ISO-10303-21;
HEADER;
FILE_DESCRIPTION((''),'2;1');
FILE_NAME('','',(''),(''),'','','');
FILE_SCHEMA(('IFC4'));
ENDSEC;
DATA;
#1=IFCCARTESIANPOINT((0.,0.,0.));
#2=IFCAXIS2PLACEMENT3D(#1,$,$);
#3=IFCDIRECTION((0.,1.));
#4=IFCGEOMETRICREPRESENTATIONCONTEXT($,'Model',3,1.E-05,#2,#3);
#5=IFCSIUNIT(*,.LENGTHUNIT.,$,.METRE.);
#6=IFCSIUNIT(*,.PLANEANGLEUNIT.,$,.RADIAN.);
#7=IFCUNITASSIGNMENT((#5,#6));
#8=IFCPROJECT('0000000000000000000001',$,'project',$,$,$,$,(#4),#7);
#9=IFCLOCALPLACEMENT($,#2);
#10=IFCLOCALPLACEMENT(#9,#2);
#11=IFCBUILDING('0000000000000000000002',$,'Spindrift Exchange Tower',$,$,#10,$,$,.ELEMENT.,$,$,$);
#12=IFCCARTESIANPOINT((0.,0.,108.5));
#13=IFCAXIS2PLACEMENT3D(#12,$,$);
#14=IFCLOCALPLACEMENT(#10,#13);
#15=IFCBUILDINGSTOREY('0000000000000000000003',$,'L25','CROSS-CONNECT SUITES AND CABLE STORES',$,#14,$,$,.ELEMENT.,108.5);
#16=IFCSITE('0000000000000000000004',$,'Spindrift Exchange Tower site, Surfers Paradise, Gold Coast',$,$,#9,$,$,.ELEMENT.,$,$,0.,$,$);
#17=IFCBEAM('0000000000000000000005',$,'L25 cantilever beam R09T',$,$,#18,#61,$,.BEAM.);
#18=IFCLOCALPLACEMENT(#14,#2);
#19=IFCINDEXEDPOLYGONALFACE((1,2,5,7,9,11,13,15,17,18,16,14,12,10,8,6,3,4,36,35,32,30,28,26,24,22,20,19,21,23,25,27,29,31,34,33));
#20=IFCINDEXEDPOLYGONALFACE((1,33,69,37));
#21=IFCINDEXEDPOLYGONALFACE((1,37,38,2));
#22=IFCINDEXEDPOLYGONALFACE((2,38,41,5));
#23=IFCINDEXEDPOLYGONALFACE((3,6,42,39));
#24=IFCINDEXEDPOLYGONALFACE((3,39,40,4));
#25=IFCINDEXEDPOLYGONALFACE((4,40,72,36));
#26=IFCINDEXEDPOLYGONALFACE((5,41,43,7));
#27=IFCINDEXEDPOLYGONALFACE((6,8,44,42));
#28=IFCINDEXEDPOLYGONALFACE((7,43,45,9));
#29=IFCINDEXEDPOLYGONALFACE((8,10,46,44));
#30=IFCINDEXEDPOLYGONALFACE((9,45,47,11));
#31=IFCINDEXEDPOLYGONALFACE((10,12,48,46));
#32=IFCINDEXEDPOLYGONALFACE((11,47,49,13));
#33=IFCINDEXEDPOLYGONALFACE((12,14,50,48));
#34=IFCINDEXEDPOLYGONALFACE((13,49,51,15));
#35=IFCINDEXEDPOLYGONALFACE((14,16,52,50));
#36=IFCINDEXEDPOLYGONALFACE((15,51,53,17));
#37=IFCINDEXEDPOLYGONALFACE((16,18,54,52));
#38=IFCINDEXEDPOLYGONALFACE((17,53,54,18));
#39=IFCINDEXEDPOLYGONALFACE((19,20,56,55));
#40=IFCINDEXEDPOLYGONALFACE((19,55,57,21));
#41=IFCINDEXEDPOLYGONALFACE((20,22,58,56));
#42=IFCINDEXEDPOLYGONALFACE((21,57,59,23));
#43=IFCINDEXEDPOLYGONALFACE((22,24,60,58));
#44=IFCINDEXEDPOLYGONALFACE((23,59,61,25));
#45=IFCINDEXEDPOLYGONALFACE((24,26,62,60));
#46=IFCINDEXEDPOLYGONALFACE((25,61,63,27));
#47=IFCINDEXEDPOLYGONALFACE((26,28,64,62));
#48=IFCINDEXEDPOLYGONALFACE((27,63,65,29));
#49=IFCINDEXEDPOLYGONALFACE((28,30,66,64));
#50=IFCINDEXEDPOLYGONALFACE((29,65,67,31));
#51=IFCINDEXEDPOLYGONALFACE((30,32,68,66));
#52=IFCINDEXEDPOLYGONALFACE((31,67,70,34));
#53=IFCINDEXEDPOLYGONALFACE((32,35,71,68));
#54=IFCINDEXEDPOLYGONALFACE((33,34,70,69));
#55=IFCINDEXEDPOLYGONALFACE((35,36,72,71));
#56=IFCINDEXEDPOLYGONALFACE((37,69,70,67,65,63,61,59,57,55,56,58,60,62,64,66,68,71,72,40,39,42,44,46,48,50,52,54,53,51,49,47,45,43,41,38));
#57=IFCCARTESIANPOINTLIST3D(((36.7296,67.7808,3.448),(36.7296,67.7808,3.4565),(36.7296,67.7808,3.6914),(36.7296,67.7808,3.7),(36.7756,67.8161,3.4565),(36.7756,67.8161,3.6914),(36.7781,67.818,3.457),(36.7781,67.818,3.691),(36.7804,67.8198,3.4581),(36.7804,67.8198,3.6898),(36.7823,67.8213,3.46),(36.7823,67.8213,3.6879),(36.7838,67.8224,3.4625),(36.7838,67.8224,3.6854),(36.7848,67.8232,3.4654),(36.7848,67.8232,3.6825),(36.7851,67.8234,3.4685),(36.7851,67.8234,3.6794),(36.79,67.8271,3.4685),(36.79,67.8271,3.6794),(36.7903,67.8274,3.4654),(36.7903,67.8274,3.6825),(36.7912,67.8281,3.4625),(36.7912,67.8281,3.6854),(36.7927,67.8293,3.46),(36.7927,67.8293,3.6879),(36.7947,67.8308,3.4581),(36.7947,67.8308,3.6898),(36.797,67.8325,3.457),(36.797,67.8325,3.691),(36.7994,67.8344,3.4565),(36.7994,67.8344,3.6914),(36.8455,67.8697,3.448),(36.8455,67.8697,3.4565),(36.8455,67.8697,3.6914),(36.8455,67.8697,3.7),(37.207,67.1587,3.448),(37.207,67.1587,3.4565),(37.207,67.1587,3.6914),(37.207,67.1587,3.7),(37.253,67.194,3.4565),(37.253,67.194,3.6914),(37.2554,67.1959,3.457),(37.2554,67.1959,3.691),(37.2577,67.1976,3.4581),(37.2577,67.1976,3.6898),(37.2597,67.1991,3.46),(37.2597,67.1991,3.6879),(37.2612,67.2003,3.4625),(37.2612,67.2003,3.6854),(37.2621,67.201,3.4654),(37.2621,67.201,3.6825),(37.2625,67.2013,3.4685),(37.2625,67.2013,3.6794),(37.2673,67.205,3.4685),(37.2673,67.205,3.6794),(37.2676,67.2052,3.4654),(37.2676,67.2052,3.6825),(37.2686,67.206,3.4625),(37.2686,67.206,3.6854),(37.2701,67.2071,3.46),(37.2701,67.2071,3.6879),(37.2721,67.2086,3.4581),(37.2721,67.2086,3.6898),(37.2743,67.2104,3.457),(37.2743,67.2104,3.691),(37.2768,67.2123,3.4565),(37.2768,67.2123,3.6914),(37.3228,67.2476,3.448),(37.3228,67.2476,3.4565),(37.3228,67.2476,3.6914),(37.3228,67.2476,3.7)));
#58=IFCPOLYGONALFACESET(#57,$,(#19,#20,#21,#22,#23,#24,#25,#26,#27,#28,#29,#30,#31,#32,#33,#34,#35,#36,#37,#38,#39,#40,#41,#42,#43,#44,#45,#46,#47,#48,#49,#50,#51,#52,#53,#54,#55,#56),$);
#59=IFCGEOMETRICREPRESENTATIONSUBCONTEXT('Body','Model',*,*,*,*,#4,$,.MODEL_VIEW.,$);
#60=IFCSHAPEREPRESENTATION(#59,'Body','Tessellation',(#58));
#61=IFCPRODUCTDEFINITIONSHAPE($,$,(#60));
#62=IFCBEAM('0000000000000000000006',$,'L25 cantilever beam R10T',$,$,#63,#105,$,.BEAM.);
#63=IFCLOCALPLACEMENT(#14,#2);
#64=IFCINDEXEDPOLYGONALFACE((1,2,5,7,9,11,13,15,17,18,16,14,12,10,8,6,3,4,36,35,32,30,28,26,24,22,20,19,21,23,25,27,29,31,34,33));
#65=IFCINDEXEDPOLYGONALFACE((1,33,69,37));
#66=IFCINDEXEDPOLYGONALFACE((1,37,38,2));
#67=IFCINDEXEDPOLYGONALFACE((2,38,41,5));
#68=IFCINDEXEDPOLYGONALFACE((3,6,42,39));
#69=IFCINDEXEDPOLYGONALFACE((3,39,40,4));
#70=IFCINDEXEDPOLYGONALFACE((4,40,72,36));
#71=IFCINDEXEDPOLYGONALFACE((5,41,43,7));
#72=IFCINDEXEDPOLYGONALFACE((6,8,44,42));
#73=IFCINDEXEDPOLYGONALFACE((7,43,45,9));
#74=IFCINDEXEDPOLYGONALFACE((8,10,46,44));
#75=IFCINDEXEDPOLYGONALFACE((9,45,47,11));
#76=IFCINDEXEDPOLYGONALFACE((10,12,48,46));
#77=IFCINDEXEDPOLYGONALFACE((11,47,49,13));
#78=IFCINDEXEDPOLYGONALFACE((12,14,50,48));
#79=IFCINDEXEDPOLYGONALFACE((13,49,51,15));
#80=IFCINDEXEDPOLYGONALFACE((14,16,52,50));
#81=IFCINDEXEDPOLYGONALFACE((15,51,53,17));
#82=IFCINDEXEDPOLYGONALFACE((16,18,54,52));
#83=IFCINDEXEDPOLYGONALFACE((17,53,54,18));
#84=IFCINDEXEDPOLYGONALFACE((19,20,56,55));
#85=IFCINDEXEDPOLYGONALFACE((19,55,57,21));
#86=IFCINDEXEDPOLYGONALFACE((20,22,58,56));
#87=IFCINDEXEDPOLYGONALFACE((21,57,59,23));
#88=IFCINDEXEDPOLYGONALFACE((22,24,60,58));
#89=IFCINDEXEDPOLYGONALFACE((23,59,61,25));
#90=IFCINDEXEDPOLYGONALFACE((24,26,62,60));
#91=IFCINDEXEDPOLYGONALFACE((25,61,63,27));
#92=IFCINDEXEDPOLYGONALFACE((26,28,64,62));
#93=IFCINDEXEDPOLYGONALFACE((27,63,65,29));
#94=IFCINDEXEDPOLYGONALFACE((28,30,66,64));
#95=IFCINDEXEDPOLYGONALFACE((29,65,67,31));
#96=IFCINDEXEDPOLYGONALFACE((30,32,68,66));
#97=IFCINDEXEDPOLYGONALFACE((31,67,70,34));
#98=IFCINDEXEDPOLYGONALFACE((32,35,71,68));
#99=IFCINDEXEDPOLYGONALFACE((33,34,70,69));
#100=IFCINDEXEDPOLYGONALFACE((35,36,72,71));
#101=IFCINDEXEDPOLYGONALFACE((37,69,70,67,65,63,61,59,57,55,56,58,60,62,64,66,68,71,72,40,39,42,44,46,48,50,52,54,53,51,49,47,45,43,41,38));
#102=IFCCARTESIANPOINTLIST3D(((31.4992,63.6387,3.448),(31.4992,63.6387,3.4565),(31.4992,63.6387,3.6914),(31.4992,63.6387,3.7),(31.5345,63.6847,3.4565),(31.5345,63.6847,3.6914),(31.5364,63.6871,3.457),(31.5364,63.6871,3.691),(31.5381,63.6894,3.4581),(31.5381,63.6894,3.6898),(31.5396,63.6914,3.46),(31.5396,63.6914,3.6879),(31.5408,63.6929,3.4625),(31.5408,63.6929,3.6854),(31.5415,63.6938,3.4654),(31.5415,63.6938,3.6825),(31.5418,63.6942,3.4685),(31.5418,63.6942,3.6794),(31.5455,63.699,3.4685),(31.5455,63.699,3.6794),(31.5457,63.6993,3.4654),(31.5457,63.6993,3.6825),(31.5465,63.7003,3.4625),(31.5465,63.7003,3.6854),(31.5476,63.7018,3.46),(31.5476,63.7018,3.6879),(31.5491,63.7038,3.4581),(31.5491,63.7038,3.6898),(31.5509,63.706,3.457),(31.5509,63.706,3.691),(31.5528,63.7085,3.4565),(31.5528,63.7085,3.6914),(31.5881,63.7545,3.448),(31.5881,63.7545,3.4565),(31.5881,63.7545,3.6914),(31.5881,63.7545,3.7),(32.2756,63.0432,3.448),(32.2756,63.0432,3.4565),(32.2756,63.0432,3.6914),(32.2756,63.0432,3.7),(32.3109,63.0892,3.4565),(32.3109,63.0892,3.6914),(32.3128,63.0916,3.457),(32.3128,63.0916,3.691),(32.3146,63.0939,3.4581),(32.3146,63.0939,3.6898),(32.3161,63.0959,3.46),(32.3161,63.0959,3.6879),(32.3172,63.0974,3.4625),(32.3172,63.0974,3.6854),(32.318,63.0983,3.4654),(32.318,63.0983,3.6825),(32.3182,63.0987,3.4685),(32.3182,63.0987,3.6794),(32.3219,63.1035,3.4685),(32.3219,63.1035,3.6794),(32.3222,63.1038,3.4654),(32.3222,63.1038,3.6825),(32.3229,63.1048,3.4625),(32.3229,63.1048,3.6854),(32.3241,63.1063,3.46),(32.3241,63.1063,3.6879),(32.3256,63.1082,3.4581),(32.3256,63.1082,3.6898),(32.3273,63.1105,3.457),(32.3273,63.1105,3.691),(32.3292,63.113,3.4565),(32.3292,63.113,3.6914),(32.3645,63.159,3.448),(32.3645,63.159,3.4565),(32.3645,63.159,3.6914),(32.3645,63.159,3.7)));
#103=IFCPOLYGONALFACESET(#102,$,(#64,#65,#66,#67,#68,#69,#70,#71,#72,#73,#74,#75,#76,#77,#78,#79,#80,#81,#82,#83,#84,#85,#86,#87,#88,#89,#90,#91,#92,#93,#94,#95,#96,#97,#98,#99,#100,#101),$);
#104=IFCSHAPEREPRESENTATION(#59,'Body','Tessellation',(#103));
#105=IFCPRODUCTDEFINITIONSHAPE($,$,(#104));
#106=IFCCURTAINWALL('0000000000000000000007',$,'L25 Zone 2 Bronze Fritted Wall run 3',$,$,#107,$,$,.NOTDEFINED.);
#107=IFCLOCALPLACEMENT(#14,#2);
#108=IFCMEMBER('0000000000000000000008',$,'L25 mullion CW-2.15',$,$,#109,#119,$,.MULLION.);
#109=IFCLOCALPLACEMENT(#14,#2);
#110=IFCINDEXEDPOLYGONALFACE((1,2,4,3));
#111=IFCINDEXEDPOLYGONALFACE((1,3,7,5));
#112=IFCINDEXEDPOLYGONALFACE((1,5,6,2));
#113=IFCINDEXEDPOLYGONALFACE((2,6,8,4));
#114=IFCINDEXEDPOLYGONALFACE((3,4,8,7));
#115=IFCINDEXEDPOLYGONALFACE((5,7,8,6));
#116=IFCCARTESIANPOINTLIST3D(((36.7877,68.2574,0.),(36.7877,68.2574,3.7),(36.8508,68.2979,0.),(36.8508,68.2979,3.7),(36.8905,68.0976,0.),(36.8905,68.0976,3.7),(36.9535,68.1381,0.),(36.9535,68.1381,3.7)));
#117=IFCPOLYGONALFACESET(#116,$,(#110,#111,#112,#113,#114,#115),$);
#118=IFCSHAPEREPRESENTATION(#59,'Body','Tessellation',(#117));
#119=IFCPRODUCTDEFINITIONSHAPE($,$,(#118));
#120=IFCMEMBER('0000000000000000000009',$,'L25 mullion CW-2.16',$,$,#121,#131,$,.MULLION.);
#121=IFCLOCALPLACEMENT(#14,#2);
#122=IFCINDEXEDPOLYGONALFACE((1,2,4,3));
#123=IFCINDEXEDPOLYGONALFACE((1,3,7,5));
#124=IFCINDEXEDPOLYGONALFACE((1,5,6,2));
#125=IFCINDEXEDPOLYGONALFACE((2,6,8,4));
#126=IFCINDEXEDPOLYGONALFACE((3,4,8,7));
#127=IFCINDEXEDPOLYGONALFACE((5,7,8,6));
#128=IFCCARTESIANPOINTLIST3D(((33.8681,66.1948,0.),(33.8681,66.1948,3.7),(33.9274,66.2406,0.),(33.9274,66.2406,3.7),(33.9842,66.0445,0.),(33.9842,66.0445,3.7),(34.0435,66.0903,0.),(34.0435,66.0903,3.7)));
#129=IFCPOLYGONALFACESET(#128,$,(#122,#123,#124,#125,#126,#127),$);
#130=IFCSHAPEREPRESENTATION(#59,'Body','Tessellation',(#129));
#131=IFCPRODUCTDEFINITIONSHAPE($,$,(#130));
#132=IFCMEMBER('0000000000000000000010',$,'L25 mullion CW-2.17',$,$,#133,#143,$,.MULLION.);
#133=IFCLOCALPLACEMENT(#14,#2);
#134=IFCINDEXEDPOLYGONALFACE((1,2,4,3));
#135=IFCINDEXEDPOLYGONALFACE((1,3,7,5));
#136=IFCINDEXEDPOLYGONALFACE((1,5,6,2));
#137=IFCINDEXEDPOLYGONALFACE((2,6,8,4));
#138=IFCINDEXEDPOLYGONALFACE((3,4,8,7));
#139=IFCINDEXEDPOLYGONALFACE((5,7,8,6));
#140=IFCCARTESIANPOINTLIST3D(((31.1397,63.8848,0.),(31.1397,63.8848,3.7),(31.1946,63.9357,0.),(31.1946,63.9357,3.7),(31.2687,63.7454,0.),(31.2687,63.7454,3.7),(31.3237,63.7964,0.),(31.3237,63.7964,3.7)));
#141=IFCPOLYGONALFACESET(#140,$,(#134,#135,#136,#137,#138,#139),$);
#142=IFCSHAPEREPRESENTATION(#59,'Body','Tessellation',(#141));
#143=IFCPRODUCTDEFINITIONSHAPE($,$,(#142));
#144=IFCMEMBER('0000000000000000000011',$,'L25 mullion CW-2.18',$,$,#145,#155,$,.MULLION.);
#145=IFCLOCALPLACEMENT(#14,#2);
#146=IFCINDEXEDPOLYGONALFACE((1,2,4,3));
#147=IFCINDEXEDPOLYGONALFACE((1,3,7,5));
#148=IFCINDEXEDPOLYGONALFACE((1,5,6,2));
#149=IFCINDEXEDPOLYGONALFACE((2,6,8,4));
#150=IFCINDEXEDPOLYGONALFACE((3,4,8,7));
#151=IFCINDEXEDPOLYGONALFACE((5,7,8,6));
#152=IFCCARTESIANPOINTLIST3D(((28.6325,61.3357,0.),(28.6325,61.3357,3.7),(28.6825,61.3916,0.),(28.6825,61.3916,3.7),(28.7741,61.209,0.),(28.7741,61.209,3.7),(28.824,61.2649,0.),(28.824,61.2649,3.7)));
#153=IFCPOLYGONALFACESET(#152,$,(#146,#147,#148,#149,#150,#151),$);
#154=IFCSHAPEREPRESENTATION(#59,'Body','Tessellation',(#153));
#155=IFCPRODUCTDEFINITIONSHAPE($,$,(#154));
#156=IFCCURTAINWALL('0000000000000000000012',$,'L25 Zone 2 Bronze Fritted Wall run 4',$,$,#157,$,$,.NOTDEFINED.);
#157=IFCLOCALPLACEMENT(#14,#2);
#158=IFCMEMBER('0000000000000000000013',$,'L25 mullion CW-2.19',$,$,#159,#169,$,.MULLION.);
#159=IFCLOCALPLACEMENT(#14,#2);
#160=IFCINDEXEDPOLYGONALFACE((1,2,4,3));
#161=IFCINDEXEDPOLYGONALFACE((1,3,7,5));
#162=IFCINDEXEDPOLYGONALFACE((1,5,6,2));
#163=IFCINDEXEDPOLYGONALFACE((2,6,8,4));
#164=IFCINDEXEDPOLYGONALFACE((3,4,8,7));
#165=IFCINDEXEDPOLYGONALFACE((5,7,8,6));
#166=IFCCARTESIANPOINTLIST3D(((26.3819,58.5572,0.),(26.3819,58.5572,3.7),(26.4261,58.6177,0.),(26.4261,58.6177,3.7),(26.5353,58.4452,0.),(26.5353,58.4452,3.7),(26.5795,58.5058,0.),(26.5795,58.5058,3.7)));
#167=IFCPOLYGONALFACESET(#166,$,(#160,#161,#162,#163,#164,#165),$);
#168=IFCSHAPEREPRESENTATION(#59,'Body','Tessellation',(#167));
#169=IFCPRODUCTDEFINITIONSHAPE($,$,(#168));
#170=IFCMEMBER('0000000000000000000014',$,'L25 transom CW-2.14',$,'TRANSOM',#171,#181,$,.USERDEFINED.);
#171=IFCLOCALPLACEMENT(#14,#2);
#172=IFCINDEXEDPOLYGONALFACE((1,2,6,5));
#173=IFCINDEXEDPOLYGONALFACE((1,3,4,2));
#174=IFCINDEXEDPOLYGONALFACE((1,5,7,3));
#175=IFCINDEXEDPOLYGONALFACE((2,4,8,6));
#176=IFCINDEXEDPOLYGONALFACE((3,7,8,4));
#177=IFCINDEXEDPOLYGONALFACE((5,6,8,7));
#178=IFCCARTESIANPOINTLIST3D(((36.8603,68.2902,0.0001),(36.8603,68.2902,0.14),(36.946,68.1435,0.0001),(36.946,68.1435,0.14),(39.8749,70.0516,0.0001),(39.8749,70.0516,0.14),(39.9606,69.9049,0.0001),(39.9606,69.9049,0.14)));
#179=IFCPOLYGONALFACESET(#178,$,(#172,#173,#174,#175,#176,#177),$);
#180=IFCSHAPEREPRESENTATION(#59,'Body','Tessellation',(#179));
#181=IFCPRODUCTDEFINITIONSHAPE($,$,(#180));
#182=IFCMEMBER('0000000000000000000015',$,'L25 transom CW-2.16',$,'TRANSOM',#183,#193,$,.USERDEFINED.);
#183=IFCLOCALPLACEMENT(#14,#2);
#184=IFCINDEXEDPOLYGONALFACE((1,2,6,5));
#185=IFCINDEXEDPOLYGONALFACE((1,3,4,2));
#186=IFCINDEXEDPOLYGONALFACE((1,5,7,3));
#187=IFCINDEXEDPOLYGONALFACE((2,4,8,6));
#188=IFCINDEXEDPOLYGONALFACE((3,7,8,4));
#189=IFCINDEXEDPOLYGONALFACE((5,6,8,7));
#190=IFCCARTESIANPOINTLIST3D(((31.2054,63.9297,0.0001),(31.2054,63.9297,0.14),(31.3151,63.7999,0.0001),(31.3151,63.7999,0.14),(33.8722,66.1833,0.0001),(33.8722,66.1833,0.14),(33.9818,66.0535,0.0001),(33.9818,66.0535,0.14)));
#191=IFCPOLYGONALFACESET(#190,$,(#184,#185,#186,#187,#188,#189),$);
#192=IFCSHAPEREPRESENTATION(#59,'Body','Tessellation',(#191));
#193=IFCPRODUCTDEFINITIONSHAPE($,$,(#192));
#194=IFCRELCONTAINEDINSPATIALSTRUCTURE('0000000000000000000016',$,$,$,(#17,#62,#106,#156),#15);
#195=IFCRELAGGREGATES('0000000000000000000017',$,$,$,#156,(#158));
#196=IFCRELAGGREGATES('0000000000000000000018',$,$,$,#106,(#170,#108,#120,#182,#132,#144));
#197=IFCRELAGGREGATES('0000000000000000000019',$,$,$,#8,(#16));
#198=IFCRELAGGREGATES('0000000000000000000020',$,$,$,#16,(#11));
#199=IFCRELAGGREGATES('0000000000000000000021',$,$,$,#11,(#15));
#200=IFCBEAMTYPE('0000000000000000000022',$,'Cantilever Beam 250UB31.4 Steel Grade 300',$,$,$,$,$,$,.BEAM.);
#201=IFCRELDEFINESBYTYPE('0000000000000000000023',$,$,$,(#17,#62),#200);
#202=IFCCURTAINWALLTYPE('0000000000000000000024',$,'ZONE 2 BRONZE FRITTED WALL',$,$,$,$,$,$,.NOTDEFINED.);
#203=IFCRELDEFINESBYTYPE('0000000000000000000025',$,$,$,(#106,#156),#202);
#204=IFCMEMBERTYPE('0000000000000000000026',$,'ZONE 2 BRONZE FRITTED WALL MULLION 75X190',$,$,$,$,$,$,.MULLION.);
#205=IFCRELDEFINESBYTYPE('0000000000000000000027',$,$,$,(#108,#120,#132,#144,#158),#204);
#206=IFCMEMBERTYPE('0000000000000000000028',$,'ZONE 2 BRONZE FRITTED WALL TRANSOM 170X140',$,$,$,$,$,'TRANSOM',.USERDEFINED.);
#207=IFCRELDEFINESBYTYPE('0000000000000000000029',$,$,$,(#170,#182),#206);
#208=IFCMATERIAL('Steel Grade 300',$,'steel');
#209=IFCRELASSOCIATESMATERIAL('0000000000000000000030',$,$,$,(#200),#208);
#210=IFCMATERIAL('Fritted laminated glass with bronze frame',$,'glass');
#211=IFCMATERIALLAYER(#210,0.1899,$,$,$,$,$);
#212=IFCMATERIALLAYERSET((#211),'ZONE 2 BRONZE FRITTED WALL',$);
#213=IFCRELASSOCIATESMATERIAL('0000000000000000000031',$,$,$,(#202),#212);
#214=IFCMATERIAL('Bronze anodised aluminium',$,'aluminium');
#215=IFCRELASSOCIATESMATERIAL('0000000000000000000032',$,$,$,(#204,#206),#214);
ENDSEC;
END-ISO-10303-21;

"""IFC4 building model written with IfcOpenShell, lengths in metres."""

from ifc_helpers import new_model, si_unit, direction, frame, origin, origin_2d, place, context, subcontext, project, spatial, rectangle, i_section, extrude, source, transform, mapped, material, layer, layer_set, material_profile, profile_set, type_object, element, aggregate, save


model = new_model("IFC4")

# Units and contexts
model_context = context("Model", 3, precision=1e-05, world=origin(), true_north=direction((0.0, 1.0)))
body_context = subcontext(model_context, "Body", "Model", "MODEL_VIEW")
ifc_project = project(units=[si_unit("LENGTHUNIT", "METRE"), si_unit("PLANEANGLEUNIT", "RADIAN")], contexts=[model_context])

# Site, building, storey
site_placement = place(None, origin())
site = spatial("IfcSite", under=ifc_project, at=site_placement, Name="Spindrift Exchange Tower site, Surfers Paradise, Gold Coast", CompositionType="ELEMENT", RefElevation=0.0)
building_placement = place(site_placement, origin())
building = spatial("IfcBuilding", under=site, at=building_placement, Name="Spindrift Exchange Tower", CompositionType="ELEMENT")
storey_placement = place(building_placement, frame((0.0, 0.0, 108.5)))
storey = spatial("IfcBuildingStorey", under=building, at=storey_placement, Name="L25", Description="CROSS-CONNECT SUITES AND CABLE STORES", CompositionType="ELEMENT", Elevation=108.5)

# Beams
ifc_material_1 = material(Name="Steel Grade 300", Category="steel")
ifc_material_profile_1 = material_profile(ifc_material_1, i_section(OverallWidth=0.146, OverallDepth=0.252, WebThickness=0.0061, FlangeThickness=0.0085, FilletRadius=0.012, at=origin_2d()), Name="250UB31.4")
ifc_profile_set_1 = profile_set([ifc_material_profile_1], Name="Steel Grade 300")
beam_type_1 = type_object("IfcBeamType", Name="Cantilever Beam 250UB31.4 Steel Grade 300", PredefinedType="BEAM", material=ifc_profile_set_1)
shared_shape_1 = source(origin(), body_context, "Body", "SweptSolid", [
    extrude(i_section(OverallWidth=0.146, OverallDepth=0.252, WebThickness=0.0061, FlangeThickness=0.0085, FilletRadius=0.012, at=origin_2d()), origin(), (0.0, 0.0, 1.0), 0.7842),
])
beam_1_placement = place(storey_placement, frame((37.2649, 67.2031, 3.574), z_axis=(-0.608732, 0.793376, 0.0), x_axis=(-0.793376, -0.608732, 0.0)))
element("IfcBeam", 1, at=beam_1_placement, inside=storey, type_object=beam_type_1, Name="L25 cantilever beam R09T", PredefinedType="BEAM", context=body_context, shape_type="MappedRepresentation", body=[
    mapped(shared_shape_1, transform((0.0, 0.0, 0.0), scale=1.0)),
])
shared_shape_2 = source(origin(), body_context, "Body", "SweptSolid", [
    extrude(i_section(OverallWidth=0.146, OverallDepth=0.252, WebThickness=0.0061, FlangeThickness=0.0085, FilletRadius=0.012, at=origin_2d()), origin(), (0.0, 0.0, 1.0), 0.9785),
])
beam_2_placement = place(storey_placement, frame((32.3201, 63.1011, 3.574), z_axis=(-0.793486, 0.608589, 0.0), x_axis=(-0.608589, -0.793486, 0.0)))
element("IfcBeam", 2, at=beam_2_placement, inside=storey, type_object=beam_type_1, Name="L25 cantilever beam R10T", PredefinedType="BEAM", context=body_context, shape_type="MappedRepresentation", body=[
    mapped(shared_shape_2, transform((0.0, 0.0, 0.0), scale=1.0)),
])

# Curtain wall, members
ifc_material_2 = material(Name="Fritted laminated glass with bronze frame", Category="glass")
ifc_layer_1 = layer(ifc_material_2, 0.1899)
ifc_layer_set_1 = layer_set([ifc_layer_1], Name="ZONE 2 BRONZE FRITTED WALL")
curtain_wall_type = type_object("IfcCurtainWallType", Name="ZONE 2 BRONZE FRITTED WALL", PredefinedType="NOTDEFINED", material=ifc_layer_set_1)
curtain_wall_1_placement = place(storey_placement, origin())
curtain_wall_1 = element("IfcCurtainWall", 3, at=curtain_wall_1_placement, inside=storey, type_object=curtain_wall_type, Name="L25 Zone 2 Bronze Fritted Wall run 3", PredefinedType="NOTDEFINED")
ifc_material_3 = material(Name="Bronze anodised aluminium", Category="aluminium")
ifc_material_profile_2 = material_profile(ifc_material_3, rectangle(XDim=0.075, YDim=0.1899, at=origin_2d()), Name="ZONE 2 BRONZE FRITTED WALL MULLION 75X190")
ifc_profile_set_2 = profile_set([ifc_material_profile_2], Name="Bronze anodised aluminium")
member_type_1 = type_object("IfcMemberType", Name="ZONE 2 BRONZE FRITTED WALL MULLION 75X190", PredefinedType="MULLION", material=ifc_profile_set_2)
shared_shape_3 = source(origin(), body_context, "Body", "SweptSolid", [
    extrude(rectangle(XDim=0.075, YDim=0.1899, at=origin_2d()), origin(), (0.0, 0.0, 1.0), 3.7),
])
member_1_placement = place(storey_placement, frame((36.8706, 68.1978, 0.0), z_axis=(0.0, 0.0, 1.0), x_axis=(-0.841098, -0.540882, 0.0)))
member_1 = element("IfcMember", 4, at=member_1_placement, type_object=member_type_1, Name="L25 mullion CW-2.15", PredefinedType="MULLION", context=body_context, shape_type="MappedRepresentation", body=[
    mapped(shared_shape_3, transform((0.0, 0.0, 0.0), scale=1.0)),
])
member_2_placement = place(storey_placement, frame((33.9558, 66.1426, 0.0), z_axis=(0.0, 0.0, 1.0), x_axis=(-0.791297, -0.611432, 0.0)))
member_2 = element("IfcMember", 5, at=member_2_placement, type_object=member_type_1, Name="L25 mullion CW-2.16", PredefinedType="MULLION", context=body_context, shape_type="MappedRepresentation", body=[
    mapped(shared_shape_3, transform((0.0, 0.0, 0.0), scale=1.0)),
])
member_3_placement = place(storey_placement, frame((31.2317, 63.8406, 0.0), z_axis=(0.0, 0.0, 1.0), x_axis=(-0.733626, -0.679553, 0.0)))
member_3 = element("IfcMember", 6, at=member_3_placement, type_object=member_type_1, Name="L25 mullion CW-2.17", PredefinedType="MULLION", context=body_context, shape_type="MappedRepresentation", body=[
    mapped(shared_shape_3, transform((0.0, 0.0, 0.0), scale=1.0)),
])
member_4_placement = place(storey_placement, frame((28.7283, 61.3003, 0.0), z_axis=(0.0, 0.0, 1.0), x_axis=(-0.666853, -0.74519, 0.0)))
member_4 = element("IfcMember", 7, at=member_4_placement, type_object=member_type_1, Name="L25 mullion CW-2.18", PredefinedType="MULLION", context=body_context, shape_type="MappedRepresentation", body=[
    mapped(shared_shape_3, transform((0.0, 0.0, 0.0), scale=1.0)),
])

# Curtain wall, member
curtain_wall_2_placement = place(storey_placement, origin())
curtain_wall_2 = element("IfcCurtainWall", 8, at=curtain_wall_2_placement, inside=storey, type_object=curtain_wall_type, Name="L25 Zone 2 Bronze Fritted Wall run 4", PredefinedType="NOTDEFINED")
member_5_placement = place(storey_placement, frame((26.4807, 58.5315, 0.0), z_axis=(0.0, 0.0, 1.0), x_axis=(-0.589368, -0.807864, 0.0)))
member_5 = element("IfcMember", 9, at=member_5_placement, type_object=member_type_1, Name="L25 mullion CW-2.19", PredefinedType="MULLION", context=body_context, shape_type="MappedRepresentation", body=[
    mapped(shared_shape_3, transform((0.0, 0.0, 0.0), scale=1.0)),
])

# Members
ifc_material_profile_3 = material_profile(ifc_material_3, rectangle(XDim=0.1699, YDim=0.1399, at=origin_2d()), Name="ZONE 2 BRONZE FRITTED WALL TRANSOM 170X140")
ifc_profile_set_3 = profile_set([ifc_material_profile_3], Name="Bronze anodised aluminium")
member_type_2 = type_object("IfcMemberType", Name="ZONE 2 BRONZE FRITTED WALL TRANSOM 170X140", ElementType="TRANSOM", PredefinedType="USERDEFINED", material=ifc_profile_set_3)
shared_shape_4 = source(origin(), body_context, "Body", "SweptSolid", [
    extrude(rectangle(XDim=0.1699, YDim=0.1399, at=origin_2d()), origin(), (0.0, 0.0, 1.0), 3.4915),
])
member_6_placement = place(storey_placement, frame((39.9177, 69.9783, 0.0701), z_axis=(-0.863413, -0.504497, 0.0), x_axis=(0.504497, -0.863413, 0.0)))
member_6 = element("IfcMember", 10, at=member_6_placement, type_object=member_type_2, Name="L25 transom CW-2.14", ObjectType="TRANSOM", PredefinedType="USERDEFINED", context=body_context, shape_type="MappedRepresentation", body=[
    mapped(shared_shape_4, transform((0.0, 0.0, 0.0), scale=1.0)),
])
member_7_placement = place(storey_placement, frame((33.927, 66.1184, 0.0701), z_axis=(-0.763784, -0.645472, 0.0), x_axis=(0.645472, -0.763784, 0.0)))
member_7 = element("IfcMember", 11, at=member_7_placement, type_object=member_type_2, Name="L25 transom CW-2.16", ObjectType="TRANSOM", PredefinedType="USERDEFINED", context=body_context, shape_type="MappedRepresentation", body=[
    mapped(shared_shape_4, transform((0.0, 0.0, 0.0), scale=1.0)),
])
aggregate(curtain_wall_2, [member_5])

aggregate(curtain_wall_1, [member_6, member_1, member_2, member_7, member_3, member_4])

save(model, "model.ifc")
